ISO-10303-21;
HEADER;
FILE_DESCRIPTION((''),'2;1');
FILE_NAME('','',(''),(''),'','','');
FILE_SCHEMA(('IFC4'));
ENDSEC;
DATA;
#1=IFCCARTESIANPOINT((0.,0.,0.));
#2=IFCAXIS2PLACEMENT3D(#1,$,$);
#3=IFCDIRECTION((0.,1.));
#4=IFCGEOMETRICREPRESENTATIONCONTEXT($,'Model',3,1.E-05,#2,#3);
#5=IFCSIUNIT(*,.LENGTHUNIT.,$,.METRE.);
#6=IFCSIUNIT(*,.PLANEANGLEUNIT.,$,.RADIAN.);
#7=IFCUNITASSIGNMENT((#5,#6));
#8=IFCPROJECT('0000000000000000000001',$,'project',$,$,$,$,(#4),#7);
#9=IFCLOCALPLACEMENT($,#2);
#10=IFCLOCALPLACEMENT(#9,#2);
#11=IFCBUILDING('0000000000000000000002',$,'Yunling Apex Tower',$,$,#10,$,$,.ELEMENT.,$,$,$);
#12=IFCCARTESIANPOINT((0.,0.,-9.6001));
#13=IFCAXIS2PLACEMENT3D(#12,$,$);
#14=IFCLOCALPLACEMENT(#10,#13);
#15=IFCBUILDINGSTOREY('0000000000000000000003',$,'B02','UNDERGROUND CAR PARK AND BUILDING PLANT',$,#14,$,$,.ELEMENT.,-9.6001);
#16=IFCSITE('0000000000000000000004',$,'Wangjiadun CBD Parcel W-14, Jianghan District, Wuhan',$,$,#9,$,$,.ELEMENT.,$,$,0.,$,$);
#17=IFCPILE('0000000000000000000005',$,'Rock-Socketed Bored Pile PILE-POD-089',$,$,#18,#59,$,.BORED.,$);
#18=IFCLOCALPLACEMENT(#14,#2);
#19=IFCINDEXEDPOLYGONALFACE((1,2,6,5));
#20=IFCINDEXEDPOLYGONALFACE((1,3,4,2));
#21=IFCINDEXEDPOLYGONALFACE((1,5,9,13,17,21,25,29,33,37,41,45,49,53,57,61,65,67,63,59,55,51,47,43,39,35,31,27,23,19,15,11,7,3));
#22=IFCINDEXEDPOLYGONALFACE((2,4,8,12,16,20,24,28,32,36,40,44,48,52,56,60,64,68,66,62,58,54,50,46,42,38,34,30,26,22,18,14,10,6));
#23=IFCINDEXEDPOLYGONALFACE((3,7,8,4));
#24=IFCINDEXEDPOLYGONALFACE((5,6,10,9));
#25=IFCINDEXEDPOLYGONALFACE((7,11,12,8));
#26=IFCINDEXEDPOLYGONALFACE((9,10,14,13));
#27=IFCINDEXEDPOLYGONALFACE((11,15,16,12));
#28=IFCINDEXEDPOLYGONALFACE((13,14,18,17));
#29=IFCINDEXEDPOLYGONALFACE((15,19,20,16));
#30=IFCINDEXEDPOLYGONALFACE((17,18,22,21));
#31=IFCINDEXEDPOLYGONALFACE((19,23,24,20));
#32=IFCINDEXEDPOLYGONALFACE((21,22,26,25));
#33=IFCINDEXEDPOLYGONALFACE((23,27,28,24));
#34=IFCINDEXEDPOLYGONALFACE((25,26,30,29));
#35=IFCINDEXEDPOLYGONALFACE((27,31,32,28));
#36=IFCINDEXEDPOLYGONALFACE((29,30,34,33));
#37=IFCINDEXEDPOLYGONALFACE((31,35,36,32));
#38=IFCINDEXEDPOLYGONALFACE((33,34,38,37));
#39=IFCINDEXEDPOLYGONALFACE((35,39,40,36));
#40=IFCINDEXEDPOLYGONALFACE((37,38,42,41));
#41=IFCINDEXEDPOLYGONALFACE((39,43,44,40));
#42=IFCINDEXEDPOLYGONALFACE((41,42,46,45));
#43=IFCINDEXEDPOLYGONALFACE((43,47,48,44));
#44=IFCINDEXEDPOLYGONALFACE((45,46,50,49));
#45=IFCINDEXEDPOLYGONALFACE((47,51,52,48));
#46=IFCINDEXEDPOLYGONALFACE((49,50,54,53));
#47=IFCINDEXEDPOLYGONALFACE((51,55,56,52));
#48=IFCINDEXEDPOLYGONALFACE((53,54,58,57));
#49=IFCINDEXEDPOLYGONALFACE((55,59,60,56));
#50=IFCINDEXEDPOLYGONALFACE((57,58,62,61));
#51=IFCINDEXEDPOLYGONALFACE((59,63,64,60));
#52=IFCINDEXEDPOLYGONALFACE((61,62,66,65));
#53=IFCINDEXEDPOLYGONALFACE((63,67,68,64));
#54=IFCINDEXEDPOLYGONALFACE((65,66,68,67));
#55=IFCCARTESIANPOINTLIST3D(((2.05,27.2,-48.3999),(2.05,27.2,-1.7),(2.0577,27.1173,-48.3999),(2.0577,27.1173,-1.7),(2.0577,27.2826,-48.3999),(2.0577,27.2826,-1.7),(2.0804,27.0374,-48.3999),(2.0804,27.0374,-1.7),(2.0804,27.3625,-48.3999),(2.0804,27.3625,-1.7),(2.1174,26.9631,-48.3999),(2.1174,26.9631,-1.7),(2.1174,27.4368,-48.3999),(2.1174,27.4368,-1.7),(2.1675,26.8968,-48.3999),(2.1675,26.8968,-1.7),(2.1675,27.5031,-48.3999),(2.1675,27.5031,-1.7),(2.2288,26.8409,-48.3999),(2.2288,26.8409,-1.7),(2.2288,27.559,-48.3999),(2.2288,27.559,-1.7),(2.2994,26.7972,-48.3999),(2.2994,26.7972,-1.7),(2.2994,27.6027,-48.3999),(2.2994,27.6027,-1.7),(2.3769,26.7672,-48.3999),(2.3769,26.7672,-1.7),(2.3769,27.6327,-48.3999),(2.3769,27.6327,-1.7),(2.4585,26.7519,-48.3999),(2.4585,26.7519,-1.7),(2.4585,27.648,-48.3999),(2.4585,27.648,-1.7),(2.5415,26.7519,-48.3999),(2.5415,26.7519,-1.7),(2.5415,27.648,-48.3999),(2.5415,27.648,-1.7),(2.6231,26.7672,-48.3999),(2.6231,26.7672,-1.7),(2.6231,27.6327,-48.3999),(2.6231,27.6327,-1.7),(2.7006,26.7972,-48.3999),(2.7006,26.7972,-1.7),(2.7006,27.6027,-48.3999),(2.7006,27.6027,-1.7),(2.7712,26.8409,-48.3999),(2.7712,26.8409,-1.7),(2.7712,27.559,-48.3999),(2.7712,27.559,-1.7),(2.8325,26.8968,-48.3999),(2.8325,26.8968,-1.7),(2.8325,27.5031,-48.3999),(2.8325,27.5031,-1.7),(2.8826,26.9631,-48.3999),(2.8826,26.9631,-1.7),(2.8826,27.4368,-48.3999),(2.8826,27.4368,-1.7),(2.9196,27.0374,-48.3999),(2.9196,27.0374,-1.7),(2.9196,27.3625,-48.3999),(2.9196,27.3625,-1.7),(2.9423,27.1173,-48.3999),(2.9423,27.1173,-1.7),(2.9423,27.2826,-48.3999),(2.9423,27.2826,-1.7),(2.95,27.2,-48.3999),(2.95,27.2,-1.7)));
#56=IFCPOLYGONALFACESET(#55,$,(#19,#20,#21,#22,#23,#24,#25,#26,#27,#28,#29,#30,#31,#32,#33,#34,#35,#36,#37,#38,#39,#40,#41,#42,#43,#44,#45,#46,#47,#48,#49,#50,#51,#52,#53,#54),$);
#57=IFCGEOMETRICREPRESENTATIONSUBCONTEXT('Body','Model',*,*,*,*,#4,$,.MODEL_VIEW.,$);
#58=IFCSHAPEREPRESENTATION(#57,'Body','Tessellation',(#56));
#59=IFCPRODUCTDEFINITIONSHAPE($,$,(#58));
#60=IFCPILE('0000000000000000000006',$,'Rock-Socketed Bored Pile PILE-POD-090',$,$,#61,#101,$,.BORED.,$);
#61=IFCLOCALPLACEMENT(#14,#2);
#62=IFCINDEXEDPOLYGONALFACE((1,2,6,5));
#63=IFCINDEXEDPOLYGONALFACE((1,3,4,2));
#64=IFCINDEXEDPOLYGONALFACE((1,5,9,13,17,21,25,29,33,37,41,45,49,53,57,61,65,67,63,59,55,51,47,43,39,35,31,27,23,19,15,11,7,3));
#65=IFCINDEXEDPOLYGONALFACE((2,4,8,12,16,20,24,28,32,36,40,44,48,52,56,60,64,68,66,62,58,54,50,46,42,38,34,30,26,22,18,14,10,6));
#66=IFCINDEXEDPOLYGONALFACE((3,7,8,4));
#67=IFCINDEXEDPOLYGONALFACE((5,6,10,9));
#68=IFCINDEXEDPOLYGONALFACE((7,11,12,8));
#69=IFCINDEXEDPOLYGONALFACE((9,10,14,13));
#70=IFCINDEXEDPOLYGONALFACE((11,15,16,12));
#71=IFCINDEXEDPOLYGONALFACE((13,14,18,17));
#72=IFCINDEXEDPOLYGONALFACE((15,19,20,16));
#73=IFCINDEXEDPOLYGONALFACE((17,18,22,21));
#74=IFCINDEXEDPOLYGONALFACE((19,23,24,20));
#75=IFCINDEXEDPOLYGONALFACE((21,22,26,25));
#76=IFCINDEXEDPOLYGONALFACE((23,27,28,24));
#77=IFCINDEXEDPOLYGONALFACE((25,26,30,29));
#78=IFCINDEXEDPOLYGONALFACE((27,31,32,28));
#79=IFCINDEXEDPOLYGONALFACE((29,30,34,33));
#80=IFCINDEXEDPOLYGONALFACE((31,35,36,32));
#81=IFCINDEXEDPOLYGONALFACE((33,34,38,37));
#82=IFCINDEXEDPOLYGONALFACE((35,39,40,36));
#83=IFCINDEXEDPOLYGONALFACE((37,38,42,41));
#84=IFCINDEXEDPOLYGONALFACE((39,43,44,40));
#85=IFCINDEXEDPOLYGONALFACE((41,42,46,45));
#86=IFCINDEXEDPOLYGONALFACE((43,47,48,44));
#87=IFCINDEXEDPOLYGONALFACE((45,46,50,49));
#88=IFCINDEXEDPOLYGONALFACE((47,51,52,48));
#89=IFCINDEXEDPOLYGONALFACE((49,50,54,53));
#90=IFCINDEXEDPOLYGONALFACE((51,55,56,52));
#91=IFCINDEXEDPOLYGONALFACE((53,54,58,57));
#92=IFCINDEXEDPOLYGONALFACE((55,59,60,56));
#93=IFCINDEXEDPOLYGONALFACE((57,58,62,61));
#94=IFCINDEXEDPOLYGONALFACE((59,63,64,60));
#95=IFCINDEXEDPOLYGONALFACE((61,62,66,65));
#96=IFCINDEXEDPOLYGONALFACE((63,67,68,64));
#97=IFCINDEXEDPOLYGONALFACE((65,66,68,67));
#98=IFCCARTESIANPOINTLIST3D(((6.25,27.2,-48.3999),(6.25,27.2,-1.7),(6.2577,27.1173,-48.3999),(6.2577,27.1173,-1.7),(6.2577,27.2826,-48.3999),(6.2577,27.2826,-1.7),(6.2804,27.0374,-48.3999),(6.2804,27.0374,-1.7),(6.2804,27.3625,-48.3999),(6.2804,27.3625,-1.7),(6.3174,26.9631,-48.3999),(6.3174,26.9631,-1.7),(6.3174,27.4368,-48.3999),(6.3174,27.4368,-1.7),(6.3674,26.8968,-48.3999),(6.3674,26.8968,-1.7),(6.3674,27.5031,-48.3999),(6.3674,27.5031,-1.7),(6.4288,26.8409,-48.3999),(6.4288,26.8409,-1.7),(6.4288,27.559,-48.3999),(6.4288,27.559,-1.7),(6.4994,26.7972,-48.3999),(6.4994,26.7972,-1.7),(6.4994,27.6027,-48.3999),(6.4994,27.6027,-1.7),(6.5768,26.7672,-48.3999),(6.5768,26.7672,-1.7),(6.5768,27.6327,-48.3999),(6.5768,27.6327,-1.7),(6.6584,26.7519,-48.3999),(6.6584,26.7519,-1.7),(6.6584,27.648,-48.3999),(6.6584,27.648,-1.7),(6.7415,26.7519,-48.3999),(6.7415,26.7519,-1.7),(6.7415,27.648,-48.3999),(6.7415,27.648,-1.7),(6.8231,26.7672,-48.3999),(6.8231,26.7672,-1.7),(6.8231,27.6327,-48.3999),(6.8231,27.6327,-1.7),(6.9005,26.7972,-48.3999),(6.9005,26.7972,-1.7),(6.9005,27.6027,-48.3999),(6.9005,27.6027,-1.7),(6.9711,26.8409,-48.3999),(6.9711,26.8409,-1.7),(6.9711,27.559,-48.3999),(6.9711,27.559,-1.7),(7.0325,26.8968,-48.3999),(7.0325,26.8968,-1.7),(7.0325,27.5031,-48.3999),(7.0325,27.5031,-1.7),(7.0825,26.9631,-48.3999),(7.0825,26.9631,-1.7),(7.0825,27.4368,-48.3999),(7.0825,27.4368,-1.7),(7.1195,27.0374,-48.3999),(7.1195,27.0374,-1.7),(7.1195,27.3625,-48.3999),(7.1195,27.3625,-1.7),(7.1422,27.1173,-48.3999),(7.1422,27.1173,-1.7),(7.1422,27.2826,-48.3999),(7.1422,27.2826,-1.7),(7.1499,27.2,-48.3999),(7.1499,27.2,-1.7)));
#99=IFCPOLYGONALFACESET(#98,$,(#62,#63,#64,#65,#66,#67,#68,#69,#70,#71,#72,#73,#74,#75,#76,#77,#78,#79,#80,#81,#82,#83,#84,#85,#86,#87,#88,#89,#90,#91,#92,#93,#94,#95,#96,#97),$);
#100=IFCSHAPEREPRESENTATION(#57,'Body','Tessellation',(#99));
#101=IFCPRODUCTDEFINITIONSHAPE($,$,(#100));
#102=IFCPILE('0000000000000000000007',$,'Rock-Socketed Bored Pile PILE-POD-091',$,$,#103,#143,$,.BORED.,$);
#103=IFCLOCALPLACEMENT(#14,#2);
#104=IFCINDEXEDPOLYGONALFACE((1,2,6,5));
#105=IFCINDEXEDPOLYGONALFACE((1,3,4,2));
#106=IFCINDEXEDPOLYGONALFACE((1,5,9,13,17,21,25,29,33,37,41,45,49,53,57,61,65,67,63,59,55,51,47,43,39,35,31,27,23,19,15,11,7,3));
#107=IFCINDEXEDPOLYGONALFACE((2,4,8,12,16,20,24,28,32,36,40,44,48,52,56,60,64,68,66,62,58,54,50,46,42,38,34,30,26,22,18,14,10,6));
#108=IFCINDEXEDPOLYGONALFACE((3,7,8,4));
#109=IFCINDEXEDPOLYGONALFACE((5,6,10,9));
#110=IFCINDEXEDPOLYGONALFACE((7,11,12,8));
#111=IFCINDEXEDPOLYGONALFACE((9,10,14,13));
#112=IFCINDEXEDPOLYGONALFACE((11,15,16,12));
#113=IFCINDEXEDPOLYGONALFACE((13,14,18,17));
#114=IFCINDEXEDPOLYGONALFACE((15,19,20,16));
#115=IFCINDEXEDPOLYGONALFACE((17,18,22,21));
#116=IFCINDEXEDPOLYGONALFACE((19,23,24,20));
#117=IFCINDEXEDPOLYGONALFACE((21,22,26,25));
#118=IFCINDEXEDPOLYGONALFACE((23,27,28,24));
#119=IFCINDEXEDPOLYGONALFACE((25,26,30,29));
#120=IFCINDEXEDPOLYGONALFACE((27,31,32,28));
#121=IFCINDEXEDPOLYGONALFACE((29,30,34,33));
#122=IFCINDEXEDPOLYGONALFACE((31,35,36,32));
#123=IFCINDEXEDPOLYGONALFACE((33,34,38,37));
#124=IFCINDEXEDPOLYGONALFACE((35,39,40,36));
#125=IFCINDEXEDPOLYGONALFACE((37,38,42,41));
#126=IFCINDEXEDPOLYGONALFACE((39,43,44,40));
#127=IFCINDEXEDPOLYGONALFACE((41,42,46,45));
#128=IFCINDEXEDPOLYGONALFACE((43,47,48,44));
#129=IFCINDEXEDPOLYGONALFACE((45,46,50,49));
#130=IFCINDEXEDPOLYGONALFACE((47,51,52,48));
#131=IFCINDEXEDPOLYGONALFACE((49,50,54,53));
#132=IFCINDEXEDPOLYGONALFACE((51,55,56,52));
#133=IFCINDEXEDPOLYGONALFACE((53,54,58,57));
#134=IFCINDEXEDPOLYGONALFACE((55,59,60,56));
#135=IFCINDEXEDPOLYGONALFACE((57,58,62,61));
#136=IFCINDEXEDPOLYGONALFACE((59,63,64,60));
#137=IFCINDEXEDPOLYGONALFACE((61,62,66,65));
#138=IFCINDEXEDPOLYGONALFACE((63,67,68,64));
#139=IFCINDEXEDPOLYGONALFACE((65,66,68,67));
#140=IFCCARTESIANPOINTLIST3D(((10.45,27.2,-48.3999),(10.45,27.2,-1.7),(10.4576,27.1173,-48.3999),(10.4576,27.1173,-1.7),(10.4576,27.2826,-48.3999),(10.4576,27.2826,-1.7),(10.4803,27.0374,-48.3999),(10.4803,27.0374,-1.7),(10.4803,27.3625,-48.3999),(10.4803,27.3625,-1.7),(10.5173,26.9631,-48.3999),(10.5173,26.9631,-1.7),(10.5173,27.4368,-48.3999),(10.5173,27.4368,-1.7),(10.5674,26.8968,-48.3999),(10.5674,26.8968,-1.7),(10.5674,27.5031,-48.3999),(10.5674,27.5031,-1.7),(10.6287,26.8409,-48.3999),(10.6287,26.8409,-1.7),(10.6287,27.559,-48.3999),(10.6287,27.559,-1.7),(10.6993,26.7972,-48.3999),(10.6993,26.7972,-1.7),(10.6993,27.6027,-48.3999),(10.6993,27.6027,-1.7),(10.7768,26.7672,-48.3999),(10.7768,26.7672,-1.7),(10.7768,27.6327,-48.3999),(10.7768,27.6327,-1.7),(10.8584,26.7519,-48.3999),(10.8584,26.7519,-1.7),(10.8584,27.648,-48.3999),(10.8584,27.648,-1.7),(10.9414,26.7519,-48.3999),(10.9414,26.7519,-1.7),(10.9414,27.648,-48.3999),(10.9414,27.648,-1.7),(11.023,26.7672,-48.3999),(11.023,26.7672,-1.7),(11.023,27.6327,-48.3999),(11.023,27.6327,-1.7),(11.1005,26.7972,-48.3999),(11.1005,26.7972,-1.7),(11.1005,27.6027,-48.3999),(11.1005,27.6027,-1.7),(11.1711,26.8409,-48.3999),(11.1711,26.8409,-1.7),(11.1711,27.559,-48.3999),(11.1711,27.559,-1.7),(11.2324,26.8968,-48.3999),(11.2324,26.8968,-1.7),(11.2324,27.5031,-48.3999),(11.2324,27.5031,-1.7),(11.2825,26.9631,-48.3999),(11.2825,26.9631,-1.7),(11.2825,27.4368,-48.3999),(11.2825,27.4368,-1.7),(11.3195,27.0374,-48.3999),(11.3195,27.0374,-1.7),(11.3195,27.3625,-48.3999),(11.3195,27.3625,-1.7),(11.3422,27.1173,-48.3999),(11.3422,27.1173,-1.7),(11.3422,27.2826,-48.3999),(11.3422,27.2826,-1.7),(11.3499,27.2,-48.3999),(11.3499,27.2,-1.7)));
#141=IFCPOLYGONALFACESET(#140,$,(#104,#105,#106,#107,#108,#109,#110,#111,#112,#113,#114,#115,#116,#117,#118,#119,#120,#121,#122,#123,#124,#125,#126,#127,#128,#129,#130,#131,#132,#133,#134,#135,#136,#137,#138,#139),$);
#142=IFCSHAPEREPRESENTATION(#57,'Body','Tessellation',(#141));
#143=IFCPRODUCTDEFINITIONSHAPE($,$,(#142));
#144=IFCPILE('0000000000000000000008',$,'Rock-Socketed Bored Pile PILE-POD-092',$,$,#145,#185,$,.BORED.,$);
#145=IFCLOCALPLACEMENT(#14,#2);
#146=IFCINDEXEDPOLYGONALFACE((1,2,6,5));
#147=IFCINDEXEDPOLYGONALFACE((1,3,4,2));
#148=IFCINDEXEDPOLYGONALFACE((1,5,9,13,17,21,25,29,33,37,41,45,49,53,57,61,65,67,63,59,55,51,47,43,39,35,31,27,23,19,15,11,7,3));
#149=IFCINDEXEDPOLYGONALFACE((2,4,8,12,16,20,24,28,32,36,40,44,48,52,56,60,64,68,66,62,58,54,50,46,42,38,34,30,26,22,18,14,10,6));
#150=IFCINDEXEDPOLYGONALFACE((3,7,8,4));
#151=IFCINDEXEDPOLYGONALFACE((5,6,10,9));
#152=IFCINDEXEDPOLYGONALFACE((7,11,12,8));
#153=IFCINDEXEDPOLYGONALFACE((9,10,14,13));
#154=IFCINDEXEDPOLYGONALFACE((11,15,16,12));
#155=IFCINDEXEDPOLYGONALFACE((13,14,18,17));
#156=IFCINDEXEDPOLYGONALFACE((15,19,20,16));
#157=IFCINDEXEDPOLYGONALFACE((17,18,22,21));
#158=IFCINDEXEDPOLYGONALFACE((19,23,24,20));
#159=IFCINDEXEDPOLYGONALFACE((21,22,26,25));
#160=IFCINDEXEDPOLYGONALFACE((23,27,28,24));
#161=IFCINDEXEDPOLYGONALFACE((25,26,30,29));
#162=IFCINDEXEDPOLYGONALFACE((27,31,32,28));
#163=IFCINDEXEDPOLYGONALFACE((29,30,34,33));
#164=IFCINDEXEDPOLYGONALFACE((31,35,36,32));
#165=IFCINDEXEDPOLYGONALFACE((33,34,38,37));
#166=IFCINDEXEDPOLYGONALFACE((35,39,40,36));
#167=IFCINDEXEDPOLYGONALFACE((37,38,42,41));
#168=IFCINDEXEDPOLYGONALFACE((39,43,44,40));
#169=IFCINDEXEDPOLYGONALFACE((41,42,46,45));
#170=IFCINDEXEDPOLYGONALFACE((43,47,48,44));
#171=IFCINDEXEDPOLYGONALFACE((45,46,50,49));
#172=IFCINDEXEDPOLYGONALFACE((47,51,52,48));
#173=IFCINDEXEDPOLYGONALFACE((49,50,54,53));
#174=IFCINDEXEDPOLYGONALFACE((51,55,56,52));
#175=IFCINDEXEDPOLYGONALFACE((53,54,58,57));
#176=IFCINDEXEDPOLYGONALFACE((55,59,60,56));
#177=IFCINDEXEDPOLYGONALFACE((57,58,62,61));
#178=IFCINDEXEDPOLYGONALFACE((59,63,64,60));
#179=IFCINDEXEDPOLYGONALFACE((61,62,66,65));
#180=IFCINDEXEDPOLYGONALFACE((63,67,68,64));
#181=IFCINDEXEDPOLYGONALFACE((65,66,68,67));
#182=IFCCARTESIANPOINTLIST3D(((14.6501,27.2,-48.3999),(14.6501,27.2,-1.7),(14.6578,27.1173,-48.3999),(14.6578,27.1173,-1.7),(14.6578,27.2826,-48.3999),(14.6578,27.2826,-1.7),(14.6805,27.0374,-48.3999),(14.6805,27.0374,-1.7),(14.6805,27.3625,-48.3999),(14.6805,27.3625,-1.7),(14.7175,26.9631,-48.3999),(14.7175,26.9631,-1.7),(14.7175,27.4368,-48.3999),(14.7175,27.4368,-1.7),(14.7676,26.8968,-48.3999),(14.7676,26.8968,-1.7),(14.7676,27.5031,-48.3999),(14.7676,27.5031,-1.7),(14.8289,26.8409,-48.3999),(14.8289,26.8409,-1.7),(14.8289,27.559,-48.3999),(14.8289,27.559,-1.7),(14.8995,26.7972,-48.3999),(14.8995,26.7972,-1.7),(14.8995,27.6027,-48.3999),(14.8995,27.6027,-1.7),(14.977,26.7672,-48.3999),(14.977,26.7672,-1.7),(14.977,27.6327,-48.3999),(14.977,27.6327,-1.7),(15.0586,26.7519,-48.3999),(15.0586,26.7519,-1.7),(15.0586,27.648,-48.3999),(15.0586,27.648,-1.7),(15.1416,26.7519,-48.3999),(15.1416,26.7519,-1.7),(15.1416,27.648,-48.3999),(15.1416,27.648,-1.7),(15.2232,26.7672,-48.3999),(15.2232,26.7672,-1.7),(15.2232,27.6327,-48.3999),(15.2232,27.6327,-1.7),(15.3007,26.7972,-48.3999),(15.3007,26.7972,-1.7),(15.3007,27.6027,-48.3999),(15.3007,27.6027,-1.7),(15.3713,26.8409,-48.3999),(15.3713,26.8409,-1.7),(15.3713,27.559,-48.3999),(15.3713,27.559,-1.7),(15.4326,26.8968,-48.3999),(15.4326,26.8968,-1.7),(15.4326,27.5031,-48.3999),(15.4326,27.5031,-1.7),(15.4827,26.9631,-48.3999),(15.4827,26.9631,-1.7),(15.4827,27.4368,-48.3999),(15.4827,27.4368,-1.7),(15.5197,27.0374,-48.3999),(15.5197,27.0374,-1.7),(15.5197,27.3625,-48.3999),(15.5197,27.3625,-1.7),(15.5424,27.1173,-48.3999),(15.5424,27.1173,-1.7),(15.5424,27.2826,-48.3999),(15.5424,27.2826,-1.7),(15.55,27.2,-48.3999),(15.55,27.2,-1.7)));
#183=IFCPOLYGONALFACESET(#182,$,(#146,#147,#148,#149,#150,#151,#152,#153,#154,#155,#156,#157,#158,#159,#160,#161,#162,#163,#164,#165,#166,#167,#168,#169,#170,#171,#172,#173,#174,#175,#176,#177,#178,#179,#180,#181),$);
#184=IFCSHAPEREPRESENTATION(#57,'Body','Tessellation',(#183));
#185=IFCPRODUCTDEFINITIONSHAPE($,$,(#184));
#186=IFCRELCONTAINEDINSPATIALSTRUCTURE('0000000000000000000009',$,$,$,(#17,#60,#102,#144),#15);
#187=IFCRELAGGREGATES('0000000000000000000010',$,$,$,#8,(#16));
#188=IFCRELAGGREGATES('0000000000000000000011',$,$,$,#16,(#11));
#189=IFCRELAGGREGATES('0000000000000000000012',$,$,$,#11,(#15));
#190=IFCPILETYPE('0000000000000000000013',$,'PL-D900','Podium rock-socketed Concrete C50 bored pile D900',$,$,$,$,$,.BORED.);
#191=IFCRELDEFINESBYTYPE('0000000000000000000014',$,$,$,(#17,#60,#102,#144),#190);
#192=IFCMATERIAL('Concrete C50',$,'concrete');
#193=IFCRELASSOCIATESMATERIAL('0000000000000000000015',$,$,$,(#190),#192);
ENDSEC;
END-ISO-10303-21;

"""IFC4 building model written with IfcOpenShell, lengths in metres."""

from ifc_helpers import new_model, si_unit, direction, frame, origin, origin_2d, place, context, subcontext, project, spatial, circle, extrude, source, transform, mapped, material, material_profile, profile_set, type_object, element, save


model = new_model("IFC4")

# Units and contexts
model_context = context("Model", 3, precision=1e-05, world=origin(), true_north=direction((0.0, 1.0)))
body_context = subcontext(model_context, "Body", "Model", "MODEL_VIEW")
ifc_project = project(units=[si_unit("LENGTHUNIT", "METRE"), si_unit("PLANEANGLEUNIT", "RADIAN")], contexts=[model_context])

# Site, building, storey
site_placement = place(None, origin())
site = spatial("IfcSite", under=ifc_project, at=site_placement, Name="Wangjiadun CBD Parcel W-14, Jianghan District, Wuhan", CompositionType="ELEMENT", RefElevation=0.0)
building_placement = place(site_placement, origin())
building = spatial("IfcBuilding", under=site, at=building_placement, Name="Yunling Apex Tower", CompositionType="ELEMENT")
storey_placement = place(building_placement, frame((0.0, 0.0, -9.6001)))
storey = spatial("IfcBuildingStorey", under=building, at=storey_placement, Name="B02", Description="UNDERGROUND CAR PARK AND BUILDING PLANT", CompositionType="ELEMENT", Elevation=-9.6001)

# Shared definitions
ifc_material_1 = material(Name="Concrete C50", Category="concrete")

# Piles
ifc_material_profile_1 = material_profile(ifc_material_1, circle(Radius=0.45, at=origin_2d()))
ifc_profile_set_1 = profile_set([ifc_material_profile_1], Name="Concrete C50")
pile_type_1 = type_object("IfcPileType", Name="PL-D900", Description="Podium rock-socketed Concrete C50 bored pile D900", PredefinedType="BORED", material=ifc_profile_set_1)
shared_shape_1 = source(origin(), body_context, "Body", "SweptSolid", [
    extrude(circle(Radius=0.45, at=origin_2d()), origin(), (0.0, 0.0, 1.0), 46.7),
])
for number, where, z_axis, x_axis, name in (
    (1, (2.5, 27.2, -1.7), (0.0, 0.0, -1.0), (1.0, 0.0, 0.0), "Rock-Socketed Bored Pile PILE-POD-089"),
    (2, (6.7, 27.2, -1.7), (0.0, 0.0, -1.0), (1.0, 0.0, 0.0), "Rock-Socketed Bored Pile PILE-POD-090"),
    (3, (10.8999, 27.2, -1.7), (0.0, 0.0, -1.0), (1.0, 0.0, 0.0), "Rock-Socketed Bored Pile PILE-POD-091"),
    (4, (15.1001, 27.2, -1.7), (0.0, 0.0, -1.0), (1.0, 0.0, 0.0), "Rock-Socketed Bored Pile PILE-POD-092"),
):
    element("IfcPile", number, at=place(storey_placement, frame(where, z_axis=z_axis, x_axis=x_axis)), inside=storey, type_object=pile_type_1, Name=name, PredefinedType="BORED", context=body_context, shape_type="MappedRepresentation", body=[
        mapped(shared_shape_1, transform((0.0, 0.0, 0.0), scale=1.0)),
    ])

save(model, "model.ifc")
